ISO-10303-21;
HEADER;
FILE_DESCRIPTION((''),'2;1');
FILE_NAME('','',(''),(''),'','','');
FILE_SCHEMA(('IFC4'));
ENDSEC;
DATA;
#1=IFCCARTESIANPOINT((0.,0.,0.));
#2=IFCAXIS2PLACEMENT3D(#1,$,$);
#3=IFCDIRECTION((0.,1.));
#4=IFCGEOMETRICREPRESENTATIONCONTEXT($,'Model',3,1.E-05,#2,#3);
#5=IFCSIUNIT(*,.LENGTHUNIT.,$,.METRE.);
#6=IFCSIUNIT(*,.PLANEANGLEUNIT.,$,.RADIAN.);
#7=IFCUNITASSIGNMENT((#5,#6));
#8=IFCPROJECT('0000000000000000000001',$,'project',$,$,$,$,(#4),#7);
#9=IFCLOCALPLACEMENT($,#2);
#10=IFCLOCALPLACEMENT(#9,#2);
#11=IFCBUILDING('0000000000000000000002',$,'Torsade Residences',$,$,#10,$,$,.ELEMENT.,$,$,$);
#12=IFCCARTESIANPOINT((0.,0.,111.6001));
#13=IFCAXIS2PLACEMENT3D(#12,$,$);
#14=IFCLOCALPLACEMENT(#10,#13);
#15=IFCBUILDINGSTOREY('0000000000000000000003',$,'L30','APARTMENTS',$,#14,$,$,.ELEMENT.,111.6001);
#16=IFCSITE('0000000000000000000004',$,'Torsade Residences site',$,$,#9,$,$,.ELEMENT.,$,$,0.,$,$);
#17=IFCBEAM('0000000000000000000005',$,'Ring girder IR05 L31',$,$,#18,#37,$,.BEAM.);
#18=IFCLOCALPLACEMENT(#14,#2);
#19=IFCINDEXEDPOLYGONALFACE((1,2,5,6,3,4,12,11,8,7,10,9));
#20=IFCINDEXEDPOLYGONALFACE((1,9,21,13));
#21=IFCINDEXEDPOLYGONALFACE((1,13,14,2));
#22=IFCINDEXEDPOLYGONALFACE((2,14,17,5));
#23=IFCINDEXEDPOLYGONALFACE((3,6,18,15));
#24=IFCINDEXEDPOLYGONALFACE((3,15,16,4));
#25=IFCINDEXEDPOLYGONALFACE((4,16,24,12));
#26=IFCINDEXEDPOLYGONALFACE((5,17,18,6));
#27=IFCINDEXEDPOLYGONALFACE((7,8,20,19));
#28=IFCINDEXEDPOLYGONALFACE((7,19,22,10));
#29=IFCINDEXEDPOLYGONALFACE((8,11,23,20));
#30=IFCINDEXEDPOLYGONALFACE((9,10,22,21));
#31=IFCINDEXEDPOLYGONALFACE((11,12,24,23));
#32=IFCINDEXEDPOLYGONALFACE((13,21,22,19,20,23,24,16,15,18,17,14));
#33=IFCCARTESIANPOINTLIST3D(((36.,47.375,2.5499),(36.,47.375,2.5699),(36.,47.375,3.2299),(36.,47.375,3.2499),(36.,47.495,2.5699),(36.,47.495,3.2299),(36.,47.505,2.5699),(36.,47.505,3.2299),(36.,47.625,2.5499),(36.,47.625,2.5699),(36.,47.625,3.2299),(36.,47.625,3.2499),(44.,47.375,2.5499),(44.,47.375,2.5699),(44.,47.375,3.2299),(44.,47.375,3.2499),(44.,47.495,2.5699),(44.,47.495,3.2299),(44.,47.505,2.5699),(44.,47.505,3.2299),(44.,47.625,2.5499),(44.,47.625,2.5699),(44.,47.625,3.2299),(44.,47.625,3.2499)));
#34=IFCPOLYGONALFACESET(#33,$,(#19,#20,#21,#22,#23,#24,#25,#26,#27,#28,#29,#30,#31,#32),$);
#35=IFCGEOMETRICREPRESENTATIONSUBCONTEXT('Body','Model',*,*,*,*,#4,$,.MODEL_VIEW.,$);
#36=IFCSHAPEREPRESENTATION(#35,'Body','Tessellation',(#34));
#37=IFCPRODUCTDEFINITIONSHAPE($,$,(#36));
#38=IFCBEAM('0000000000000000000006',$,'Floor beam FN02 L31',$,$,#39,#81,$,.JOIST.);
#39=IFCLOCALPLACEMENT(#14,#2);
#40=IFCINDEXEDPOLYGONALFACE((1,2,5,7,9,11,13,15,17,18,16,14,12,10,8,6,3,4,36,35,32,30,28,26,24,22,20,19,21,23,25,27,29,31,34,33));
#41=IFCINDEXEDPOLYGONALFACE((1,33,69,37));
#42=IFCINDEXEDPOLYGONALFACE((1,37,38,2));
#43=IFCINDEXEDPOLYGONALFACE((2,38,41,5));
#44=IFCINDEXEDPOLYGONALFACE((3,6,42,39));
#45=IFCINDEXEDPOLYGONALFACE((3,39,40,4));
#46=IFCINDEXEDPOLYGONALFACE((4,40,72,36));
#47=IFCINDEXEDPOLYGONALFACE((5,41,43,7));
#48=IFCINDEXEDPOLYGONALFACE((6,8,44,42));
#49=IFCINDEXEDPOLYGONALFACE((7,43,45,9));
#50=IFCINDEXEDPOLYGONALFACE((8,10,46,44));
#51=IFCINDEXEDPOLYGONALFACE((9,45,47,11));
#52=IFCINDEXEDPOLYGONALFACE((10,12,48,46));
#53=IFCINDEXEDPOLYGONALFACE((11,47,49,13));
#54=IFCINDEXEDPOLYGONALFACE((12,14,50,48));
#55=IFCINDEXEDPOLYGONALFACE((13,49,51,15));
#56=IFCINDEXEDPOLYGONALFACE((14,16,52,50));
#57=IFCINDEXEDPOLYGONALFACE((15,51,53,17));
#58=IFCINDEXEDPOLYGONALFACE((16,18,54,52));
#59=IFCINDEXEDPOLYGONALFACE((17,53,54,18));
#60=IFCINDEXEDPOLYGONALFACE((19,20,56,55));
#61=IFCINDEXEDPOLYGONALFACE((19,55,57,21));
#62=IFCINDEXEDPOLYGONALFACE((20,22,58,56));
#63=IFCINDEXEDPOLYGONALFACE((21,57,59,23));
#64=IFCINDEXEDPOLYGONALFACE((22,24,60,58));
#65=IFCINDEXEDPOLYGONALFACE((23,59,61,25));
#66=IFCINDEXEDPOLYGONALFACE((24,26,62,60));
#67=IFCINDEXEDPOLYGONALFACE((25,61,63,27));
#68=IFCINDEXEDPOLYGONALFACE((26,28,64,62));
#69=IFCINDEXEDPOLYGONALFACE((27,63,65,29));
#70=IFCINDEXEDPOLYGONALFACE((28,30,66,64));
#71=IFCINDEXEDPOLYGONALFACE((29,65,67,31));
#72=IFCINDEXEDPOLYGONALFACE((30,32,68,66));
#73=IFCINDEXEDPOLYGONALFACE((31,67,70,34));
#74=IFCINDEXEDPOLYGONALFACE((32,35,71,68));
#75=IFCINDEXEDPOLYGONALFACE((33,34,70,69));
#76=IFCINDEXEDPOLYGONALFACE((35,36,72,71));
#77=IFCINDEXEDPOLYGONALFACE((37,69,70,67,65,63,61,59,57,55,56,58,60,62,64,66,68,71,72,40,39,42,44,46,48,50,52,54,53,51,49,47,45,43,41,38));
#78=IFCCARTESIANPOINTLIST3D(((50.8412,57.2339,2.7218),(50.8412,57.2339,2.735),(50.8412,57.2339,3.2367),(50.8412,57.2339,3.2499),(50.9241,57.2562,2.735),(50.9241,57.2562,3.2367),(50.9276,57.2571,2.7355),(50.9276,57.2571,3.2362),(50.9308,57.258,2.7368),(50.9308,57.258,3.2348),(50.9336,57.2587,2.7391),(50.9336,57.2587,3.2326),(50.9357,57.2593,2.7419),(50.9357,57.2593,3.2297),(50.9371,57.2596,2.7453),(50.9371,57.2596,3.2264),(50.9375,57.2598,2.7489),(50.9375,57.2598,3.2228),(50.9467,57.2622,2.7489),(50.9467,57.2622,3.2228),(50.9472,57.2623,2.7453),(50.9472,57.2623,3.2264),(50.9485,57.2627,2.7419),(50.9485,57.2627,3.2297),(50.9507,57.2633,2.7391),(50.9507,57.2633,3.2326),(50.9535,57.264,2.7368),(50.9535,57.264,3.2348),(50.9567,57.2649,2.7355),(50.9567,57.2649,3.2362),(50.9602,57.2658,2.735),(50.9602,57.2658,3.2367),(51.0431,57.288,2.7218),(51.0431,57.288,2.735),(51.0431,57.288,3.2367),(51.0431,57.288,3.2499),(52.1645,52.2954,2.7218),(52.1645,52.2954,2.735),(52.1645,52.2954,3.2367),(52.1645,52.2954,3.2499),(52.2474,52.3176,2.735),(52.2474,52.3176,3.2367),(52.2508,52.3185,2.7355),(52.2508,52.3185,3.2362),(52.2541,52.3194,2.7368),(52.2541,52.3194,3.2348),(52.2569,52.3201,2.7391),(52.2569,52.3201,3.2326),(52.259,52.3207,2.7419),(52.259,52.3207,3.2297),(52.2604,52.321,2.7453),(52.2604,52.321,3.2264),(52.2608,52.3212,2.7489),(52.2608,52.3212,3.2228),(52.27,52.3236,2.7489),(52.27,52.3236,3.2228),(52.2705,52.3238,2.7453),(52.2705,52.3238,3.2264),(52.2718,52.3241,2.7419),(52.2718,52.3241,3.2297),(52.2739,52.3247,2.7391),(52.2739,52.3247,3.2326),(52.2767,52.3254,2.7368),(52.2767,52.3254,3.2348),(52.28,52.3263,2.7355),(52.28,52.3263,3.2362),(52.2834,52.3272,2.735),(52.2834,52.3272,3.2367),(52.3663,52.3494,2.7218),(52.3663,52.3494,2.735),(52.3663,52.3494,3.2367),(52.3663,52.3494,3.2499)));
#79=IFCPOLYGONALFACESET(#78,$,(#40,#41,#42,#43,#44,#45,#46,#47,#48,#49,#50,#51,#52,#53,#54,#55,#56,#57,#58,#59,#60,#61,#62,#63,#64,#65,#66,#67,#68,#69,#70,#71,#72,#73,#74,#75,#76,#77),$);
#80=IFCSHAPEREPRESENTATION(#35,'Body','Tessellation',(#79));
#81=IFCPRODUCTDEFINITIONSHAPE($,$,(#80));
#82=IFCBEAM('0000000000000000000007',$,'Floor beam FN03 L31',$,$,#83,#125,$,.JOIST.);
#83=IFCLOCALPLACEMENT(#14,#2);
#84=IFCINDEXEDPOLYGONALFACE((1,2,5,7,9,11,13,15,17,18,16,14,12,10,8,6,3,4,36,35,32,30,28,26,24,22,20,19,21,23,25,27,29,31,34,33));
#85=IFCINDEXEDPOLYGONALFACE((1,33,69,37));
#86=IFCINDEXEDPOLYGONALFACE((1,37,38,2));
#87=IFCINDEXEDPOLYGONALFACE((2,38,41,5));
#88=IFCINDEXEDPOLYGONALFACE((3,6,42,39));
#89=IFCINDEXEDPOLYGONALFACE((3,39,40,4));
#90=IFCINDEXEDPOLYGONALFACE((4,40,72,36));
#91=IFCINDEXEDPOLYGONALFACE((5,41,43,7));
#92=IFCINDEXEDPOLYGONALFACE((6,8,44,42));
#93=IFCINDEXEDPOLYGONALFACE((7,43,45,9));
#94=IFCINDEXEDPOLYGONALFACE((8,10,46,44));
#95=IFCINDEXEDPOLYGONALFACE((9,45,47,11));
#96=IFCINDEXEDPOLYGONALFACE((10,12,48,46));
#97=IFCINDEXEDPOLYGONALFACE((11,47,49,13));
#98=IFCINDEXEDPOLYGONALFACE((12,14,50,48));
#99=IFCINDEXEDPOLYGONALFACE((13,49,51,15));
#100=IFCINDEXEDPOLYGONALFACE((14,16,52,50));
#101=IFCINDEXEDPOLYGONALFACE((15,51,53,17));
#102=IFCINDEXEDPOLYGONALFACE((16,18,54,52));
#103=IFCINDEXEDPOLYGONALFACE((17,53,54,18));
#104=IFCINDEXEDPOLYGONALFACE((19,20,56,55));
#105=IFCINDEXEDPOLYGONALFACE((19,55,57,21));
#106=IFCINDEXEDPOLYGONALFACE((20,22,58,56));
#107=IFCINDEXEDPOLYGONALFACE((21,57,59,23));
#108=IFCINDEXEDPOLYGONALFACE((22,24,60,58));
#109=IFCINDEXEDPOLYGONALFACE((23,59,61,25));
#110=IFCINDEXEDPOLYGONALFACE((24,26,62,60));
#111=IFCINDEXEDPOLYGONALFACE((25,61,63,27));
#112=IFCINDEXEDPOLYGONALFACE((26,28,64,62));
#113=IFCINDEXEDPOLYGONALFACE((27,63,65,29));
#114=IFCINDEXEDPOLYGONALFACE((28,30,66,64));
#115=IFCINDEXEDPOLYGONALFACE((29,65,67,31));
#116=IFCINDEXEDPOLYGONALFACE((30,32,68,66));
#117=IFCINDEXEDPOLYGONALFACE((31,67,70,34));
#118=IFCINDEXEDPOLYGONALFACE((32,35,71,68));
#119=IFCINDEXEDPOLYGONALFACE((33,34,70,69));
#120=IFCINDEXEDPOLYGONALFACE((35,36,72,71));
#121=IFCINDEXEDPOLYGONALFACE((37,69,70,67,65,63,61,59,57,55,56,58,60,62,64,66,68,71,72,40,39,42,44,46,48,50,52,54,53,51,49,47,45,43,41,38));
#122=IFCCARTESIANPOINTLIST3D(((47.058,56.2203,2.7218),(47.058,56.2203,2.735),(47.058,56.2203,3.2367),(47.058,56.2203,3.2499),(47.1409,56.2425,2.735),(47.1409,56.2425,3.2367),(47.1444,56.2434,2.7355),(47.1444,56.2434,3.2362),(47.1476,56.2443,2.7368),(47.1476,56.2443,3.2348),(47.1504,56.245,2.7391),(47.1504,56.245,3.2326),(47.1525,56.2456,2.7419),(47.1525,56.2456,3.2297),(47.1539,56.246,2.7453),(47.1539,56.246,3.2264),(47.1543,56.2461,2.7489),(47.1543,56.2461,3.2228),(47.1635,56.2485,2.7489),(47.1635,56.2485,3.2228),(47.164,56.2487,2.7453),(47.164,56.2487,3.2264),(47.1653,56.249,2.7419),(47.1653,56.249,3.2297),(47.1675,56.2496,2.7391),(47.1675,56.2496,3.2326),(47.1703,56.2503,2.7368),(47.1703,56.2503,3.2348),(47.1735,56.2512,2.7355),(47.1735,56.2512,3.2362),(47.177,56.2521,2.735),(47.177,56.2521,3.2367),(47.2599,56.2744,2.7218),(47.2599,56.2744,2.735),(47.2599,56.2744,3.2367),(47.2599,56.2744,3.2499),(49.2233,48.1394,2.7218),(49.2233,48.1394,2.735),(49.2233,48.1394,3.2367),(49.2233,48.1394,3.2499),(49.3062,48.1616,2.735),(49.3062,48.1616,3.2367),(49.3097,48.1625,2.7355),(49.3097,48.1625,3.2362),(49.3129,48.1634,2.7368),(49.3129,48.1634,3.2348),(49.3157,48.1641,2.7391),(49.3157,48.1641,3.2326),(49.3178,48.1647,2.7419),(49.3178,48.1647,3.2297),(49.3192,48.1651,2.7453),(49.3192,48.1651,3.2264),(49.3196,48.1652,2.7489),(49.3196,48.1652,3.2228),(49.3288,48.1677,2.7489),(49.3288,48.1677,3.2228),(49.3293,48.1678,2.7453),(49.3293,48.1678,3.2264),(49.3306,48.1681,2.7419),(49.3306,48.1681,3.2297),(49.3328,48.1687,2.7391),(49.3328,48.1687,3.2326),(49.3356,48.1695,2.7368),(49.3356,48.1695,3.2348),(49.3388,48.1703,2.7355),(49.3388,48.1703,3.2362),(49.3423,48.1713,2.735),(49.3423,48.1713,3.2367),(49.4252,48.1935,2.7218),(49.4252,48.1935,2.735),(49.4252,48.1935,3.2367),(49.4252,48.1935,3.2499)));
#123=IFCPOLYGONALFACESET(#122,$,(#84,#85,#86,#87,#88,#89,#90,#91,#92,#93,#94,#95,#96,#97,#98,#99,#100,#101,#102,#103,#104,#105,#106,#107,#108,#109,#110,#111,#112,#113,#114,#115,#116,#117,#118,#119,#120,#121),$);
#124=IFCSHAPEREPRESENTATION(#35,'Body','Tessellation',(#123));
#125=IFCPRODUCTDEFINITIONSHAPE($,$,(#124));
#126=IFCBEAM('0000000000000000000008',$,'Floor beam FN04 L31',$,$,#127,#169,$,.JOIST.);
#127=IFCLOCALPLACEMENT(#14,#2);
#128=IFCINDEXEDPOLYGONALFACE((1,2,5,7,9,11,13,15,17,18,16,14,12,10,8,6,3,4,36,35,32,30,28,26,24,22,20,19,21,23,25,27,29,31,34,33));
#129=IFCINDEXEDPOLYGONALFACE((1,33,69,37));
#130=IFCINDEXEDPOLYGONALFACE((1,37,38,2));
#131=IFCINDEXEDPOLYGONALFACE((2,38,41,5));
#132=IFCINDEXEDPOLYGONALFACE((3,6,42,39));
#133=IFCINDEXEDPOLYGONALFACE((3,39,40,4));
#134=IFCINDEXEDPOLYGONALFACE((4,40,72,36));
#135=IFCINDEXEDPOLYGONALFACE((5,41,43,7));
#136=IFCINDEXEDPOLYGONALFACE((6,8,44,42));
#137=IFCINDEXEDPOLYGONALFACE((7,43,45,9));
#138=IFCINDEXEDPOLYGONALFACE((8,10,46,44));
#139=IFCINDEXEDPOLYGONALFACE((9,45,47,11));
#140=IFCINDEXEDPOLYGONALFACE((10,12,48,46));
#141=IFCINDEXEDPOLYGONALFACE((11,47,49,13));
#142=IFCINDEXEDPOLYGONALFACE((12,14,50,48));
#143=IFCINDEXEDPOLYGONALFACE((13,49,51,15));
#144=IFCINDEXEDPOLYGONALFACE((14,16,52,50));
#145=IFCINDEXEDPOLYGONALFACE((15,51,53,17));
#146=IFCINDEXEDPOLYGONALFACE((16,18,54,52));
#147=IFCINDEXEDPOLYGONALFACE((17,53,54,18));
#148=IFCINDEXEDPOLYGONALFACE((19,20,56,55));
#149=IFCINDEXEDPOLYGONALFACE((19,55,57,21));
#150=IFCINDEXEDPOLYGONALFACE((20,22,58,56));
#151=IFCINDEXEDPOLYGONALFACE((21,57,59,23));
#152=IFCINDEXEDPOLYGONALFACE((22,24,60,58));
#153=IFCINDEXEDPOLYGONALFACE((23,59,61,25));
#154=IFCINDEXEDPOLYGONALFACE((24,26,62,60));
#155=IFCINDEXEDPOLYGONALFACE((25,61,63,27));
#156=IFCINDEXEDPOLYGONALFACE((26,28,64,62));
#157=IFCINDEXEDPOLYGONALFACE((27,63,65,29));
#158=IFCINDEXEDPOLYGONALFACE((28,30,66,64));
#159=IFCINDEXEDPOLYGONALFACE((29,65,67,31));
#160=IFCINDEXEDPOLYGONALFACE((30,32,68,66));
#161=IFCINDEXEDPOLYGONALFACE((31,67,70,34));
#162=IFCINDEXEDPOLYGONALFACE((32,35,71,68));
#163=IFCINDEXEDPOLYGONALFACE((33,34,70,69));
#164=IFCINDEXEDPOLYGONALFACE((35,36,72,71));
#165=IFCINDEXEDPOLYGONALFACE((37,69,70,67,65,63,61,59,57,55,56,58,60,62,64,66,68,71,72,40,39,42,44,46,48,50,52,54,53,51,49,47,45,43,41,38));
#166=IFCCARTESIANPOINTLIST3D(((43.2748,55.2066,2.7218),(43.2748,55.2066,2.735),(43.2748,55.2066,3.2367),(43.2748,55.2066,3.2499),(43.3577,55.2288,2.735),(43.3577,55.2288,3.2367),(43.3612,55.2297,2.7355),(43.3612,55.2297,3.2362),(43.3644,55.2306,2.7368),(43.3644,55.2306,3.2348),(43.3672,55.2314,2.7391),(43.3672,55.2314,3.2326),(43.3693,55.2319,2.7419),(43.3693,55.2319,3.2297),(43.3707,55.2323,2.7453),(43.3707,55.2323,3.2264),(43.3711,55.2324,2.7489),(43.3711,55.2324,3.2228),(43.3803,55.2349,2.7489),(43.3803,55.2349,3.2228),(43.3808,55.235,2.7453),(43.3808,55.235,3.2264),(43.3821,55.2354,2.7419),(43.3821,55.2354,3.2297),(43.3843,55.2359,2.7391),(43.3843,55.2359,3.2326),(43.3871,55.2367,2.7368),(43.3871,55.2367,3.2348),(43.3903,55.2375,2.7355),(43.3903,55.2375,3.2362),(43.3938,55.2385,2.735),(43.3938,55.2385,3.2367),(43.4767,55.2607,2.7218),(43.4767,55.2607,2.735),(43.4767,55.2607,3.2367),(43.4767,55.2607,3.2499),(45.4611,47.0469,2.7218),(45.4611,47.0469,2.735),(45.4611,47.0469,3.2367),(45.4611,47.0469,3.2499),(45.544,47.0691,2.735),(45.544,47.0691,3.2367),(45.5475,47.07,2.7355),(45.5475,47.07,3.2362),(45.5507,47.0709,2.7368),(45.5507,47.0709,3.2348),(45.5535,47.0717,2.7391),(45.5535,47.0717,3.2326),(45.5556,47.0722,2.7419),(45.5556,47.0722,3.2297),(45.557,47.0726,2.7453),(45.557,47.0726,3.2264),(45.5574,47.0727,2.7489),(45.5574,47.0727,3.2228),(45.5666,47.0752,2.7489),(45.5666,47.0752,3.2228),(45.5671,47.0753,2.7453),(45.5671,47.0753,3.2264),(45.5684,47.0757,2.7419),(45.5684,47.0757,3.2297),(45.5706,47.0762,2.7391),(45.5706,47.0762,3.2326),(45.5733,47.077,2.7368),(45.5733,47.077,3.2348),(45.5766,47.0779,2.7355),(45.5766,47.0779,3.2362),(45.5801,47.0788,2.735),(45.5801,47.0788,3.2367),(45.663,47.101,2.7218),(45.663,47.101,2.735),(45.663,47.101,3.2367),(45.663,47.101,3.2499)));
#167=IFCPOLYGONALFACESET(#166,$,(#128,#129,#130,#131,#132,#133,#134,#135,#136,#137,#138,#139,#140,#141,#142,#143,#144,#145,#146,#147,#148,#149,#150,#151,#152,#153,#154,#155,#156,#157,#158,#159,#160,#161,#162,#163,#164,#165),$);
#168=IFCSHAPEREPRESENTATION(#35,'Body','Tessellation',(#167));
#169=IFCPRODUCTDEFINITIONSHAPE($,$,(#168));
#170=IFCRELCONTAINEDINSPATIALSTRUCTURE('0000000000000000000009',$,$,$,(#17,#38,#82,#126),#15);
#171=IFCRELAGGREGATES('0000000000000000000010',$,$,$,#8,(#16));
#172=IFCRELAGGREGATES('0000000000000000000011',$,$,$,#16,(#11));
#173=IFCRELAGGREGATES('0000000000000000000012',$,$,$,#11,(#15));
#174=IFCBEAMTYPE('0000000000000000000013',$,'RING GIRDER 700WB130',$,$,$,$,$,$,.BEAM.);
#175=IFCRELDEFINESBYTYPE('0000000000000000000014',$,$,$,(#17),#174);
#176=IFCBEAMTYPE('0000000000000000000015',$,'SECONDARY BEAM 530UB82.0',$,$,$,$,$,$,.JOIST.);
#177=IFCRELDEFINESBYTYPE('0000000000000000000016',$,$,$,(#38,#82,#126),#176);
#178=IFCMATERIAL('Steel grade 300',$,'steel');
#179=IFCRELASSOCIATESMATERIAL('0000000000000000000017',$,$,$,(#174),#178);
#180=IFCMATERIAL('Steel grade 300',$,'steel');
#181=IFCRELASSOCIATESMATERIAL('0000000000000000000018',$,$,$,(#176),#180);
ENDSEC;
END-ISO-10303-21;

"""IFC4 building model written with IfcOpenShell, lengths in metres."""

from ifc_helpers import new_model, si_unit, direction, frame, origin, origin_2d, place, context, subcontext, project, spatial, i_section, extrude, material, material_profile, profile_set, type_object, element, save


model = new_model("IFC4")

# Units and contexts
model_context = context("Model", 3, precision=1e-05, world=origin(), true_north=direction((0.0, 1.0)))
body_context = subcontext(model_context, "Body", "Model", "MODEL_VIEW")
ifc_project = project(units=[si_unit("LENGTHUNIT", "METRE"), si_unit("PLANEANGLEUNIT", "RADIAN")], contexts=[model_context])

# Site, building, storey
site_placement = place(None, origin())
site = spatial("IfcSite", under=ifc_project, at=site_placement, Name="Torsade Residences site", CompositionType="ELEMENT", RefElevation=0.0)
building_placement = place(site_placement, origin())
building = spatial("IfcBuilding", under=site, at=building_placement, Name="Torsade Residences", CompositionType="ELEMENT")
storey_placement = place(building_placement, frame((0.0, 0.0, 111.6001)))
storey = spatial("IfcBuildingStorey", under=building, at=storey_placement, Name="L30", Description="APARTMENTS", CompositionType="ELEMENT", Elevation=111.6001)

# Beams
ifc_material_1 = material(Name="Steel grade 300", Category="steel")
ifc_material_profile_1 = material_profile(ifc_material_1, i_section(OverallWidth=0.25, OverallDepth=0.7, WebThickness=0.01, FlangeThickness=0.02, at=origin_2d()), Name="700WB130")
ifc_profile_set_1 = profile_set([ifc_material_profile_1], Name="Steel grade 300")
beam_type_1 = type_object("IfcBeamType", Name="RING GIRDER 700WB130", PredefinedType="BEAM", material=ifc_profile_set_1)
beam_1_placement = place(storey_placement, frame((44.0, 47.5, 2.8999), z_axis=(-1.0, 0.0, 0.0), x_axis=(0.0, -1.0, 0.0)))
element("IfcBeam", 1, at=beam_1_placement, inside=storey, type_object=beam_type_1, Name="Ring girder IR05 L31", PredefinedType="BEAM", context=body_context, shape_type="SweptSolid", body=[
    extrude(i_section(OverallWidth=0.25, OverallDepth=0.7, WebThickness=0.01, FlangeThickness=0.02, at=origin_2d()), origin(), (0.0, 0.0, 1.0), 8.0),
])
ifc_material_2 = material(Name="Steel grade 300", Category="steel")
ifc_material_profile_2 = material_profile(ifc_material_2, i_section(OverallWidth=0.209, OverallDepth=0.5281, WebThickness=0.0095, FlangeThickness=0.0132, FilletRadius=0.0139, at=origin_2d()), Name="530UB82.0")
ifc_profile_set_2 = profile_set([ifc_material_profile_2], Name="Steel grade 300")
beam_type_2 = type_object("IfcBeamType", Name="SECONDARY BEAM 530UB82.0", PredefinedType="JOIST", material=ifc_profile_set_2)
beam_2_placement = place(storey_placement, frame((50.9421, 57.261, 2.9858), z_axis=(0.258816, -0.965927, 0.0), x_axis=(0.965927, 0.258816, 0.0)))
element("IfcBeam", 2, at=beam_2_placement, inside=storey, type_object=beam_type_2, Name="Floor beam FN02 L31", PredefinedType="JOIST", context=body_context, shape_type="SweptSolid", body=[
    extrude(i_section(OverallWidth=0.209, OverallDepth=0.5281, WebThickness=0.0095, FlangeThickness=0.0132, FilletRadius=0.0139, at=origin_2d()), origin(), (0.0, 0.0, 1.0), 5.1128),
])
beam_3_placement = place(storey_placement, frame((47.1589, 56.2473, 2.9858), z_axis=(0.258823, -0.965925, 0.0), x_axis=(0.965925, 0.258823, 0.0)))
element("IfcBeam", 3, at=beam_3_placement, inside=storey, type_object=beam_type_2, Name="Floor beam FN03 L31", PredefinedType="JOIST", context=body_context, shape_type="SweptSolid", body=[
    extrude(i_section(OverallWidth=0.209, OverallDepth=0.5281, WebThickness=0.0095, FlangeThickness=0.0132, FilletRadius=0.0139, at=origin_2d()), origin(), (0.0, 0.0, 1.0), 8.366),
])
beam_4_placement = place(storey_placement, frame((43.3757, 55.2336, 2.9858), z_axis=(0.258808, -0.965929, 0.0), x_axis=(0.965929, 0.258808, 0.0)))
element("IfcBeam", 4, at=beam_4_placement, inside=storey, type_object=beam_type_2, Name="Floor beam FN04 L31", PredefinedType="JOIST", context=body_context, shape_type="SweptSolid", body=[
    extrude(i_section(OverallWidth=0.209, OverallDepth=0.5281, WebThickness=0.0095, FlangeThickness=0.0132, FilletRadius=0.0139, at=origin_2d()), origin(), (0.0, 0.0, 1.0), 8.4475),
])

save(model, "model.ifc")
